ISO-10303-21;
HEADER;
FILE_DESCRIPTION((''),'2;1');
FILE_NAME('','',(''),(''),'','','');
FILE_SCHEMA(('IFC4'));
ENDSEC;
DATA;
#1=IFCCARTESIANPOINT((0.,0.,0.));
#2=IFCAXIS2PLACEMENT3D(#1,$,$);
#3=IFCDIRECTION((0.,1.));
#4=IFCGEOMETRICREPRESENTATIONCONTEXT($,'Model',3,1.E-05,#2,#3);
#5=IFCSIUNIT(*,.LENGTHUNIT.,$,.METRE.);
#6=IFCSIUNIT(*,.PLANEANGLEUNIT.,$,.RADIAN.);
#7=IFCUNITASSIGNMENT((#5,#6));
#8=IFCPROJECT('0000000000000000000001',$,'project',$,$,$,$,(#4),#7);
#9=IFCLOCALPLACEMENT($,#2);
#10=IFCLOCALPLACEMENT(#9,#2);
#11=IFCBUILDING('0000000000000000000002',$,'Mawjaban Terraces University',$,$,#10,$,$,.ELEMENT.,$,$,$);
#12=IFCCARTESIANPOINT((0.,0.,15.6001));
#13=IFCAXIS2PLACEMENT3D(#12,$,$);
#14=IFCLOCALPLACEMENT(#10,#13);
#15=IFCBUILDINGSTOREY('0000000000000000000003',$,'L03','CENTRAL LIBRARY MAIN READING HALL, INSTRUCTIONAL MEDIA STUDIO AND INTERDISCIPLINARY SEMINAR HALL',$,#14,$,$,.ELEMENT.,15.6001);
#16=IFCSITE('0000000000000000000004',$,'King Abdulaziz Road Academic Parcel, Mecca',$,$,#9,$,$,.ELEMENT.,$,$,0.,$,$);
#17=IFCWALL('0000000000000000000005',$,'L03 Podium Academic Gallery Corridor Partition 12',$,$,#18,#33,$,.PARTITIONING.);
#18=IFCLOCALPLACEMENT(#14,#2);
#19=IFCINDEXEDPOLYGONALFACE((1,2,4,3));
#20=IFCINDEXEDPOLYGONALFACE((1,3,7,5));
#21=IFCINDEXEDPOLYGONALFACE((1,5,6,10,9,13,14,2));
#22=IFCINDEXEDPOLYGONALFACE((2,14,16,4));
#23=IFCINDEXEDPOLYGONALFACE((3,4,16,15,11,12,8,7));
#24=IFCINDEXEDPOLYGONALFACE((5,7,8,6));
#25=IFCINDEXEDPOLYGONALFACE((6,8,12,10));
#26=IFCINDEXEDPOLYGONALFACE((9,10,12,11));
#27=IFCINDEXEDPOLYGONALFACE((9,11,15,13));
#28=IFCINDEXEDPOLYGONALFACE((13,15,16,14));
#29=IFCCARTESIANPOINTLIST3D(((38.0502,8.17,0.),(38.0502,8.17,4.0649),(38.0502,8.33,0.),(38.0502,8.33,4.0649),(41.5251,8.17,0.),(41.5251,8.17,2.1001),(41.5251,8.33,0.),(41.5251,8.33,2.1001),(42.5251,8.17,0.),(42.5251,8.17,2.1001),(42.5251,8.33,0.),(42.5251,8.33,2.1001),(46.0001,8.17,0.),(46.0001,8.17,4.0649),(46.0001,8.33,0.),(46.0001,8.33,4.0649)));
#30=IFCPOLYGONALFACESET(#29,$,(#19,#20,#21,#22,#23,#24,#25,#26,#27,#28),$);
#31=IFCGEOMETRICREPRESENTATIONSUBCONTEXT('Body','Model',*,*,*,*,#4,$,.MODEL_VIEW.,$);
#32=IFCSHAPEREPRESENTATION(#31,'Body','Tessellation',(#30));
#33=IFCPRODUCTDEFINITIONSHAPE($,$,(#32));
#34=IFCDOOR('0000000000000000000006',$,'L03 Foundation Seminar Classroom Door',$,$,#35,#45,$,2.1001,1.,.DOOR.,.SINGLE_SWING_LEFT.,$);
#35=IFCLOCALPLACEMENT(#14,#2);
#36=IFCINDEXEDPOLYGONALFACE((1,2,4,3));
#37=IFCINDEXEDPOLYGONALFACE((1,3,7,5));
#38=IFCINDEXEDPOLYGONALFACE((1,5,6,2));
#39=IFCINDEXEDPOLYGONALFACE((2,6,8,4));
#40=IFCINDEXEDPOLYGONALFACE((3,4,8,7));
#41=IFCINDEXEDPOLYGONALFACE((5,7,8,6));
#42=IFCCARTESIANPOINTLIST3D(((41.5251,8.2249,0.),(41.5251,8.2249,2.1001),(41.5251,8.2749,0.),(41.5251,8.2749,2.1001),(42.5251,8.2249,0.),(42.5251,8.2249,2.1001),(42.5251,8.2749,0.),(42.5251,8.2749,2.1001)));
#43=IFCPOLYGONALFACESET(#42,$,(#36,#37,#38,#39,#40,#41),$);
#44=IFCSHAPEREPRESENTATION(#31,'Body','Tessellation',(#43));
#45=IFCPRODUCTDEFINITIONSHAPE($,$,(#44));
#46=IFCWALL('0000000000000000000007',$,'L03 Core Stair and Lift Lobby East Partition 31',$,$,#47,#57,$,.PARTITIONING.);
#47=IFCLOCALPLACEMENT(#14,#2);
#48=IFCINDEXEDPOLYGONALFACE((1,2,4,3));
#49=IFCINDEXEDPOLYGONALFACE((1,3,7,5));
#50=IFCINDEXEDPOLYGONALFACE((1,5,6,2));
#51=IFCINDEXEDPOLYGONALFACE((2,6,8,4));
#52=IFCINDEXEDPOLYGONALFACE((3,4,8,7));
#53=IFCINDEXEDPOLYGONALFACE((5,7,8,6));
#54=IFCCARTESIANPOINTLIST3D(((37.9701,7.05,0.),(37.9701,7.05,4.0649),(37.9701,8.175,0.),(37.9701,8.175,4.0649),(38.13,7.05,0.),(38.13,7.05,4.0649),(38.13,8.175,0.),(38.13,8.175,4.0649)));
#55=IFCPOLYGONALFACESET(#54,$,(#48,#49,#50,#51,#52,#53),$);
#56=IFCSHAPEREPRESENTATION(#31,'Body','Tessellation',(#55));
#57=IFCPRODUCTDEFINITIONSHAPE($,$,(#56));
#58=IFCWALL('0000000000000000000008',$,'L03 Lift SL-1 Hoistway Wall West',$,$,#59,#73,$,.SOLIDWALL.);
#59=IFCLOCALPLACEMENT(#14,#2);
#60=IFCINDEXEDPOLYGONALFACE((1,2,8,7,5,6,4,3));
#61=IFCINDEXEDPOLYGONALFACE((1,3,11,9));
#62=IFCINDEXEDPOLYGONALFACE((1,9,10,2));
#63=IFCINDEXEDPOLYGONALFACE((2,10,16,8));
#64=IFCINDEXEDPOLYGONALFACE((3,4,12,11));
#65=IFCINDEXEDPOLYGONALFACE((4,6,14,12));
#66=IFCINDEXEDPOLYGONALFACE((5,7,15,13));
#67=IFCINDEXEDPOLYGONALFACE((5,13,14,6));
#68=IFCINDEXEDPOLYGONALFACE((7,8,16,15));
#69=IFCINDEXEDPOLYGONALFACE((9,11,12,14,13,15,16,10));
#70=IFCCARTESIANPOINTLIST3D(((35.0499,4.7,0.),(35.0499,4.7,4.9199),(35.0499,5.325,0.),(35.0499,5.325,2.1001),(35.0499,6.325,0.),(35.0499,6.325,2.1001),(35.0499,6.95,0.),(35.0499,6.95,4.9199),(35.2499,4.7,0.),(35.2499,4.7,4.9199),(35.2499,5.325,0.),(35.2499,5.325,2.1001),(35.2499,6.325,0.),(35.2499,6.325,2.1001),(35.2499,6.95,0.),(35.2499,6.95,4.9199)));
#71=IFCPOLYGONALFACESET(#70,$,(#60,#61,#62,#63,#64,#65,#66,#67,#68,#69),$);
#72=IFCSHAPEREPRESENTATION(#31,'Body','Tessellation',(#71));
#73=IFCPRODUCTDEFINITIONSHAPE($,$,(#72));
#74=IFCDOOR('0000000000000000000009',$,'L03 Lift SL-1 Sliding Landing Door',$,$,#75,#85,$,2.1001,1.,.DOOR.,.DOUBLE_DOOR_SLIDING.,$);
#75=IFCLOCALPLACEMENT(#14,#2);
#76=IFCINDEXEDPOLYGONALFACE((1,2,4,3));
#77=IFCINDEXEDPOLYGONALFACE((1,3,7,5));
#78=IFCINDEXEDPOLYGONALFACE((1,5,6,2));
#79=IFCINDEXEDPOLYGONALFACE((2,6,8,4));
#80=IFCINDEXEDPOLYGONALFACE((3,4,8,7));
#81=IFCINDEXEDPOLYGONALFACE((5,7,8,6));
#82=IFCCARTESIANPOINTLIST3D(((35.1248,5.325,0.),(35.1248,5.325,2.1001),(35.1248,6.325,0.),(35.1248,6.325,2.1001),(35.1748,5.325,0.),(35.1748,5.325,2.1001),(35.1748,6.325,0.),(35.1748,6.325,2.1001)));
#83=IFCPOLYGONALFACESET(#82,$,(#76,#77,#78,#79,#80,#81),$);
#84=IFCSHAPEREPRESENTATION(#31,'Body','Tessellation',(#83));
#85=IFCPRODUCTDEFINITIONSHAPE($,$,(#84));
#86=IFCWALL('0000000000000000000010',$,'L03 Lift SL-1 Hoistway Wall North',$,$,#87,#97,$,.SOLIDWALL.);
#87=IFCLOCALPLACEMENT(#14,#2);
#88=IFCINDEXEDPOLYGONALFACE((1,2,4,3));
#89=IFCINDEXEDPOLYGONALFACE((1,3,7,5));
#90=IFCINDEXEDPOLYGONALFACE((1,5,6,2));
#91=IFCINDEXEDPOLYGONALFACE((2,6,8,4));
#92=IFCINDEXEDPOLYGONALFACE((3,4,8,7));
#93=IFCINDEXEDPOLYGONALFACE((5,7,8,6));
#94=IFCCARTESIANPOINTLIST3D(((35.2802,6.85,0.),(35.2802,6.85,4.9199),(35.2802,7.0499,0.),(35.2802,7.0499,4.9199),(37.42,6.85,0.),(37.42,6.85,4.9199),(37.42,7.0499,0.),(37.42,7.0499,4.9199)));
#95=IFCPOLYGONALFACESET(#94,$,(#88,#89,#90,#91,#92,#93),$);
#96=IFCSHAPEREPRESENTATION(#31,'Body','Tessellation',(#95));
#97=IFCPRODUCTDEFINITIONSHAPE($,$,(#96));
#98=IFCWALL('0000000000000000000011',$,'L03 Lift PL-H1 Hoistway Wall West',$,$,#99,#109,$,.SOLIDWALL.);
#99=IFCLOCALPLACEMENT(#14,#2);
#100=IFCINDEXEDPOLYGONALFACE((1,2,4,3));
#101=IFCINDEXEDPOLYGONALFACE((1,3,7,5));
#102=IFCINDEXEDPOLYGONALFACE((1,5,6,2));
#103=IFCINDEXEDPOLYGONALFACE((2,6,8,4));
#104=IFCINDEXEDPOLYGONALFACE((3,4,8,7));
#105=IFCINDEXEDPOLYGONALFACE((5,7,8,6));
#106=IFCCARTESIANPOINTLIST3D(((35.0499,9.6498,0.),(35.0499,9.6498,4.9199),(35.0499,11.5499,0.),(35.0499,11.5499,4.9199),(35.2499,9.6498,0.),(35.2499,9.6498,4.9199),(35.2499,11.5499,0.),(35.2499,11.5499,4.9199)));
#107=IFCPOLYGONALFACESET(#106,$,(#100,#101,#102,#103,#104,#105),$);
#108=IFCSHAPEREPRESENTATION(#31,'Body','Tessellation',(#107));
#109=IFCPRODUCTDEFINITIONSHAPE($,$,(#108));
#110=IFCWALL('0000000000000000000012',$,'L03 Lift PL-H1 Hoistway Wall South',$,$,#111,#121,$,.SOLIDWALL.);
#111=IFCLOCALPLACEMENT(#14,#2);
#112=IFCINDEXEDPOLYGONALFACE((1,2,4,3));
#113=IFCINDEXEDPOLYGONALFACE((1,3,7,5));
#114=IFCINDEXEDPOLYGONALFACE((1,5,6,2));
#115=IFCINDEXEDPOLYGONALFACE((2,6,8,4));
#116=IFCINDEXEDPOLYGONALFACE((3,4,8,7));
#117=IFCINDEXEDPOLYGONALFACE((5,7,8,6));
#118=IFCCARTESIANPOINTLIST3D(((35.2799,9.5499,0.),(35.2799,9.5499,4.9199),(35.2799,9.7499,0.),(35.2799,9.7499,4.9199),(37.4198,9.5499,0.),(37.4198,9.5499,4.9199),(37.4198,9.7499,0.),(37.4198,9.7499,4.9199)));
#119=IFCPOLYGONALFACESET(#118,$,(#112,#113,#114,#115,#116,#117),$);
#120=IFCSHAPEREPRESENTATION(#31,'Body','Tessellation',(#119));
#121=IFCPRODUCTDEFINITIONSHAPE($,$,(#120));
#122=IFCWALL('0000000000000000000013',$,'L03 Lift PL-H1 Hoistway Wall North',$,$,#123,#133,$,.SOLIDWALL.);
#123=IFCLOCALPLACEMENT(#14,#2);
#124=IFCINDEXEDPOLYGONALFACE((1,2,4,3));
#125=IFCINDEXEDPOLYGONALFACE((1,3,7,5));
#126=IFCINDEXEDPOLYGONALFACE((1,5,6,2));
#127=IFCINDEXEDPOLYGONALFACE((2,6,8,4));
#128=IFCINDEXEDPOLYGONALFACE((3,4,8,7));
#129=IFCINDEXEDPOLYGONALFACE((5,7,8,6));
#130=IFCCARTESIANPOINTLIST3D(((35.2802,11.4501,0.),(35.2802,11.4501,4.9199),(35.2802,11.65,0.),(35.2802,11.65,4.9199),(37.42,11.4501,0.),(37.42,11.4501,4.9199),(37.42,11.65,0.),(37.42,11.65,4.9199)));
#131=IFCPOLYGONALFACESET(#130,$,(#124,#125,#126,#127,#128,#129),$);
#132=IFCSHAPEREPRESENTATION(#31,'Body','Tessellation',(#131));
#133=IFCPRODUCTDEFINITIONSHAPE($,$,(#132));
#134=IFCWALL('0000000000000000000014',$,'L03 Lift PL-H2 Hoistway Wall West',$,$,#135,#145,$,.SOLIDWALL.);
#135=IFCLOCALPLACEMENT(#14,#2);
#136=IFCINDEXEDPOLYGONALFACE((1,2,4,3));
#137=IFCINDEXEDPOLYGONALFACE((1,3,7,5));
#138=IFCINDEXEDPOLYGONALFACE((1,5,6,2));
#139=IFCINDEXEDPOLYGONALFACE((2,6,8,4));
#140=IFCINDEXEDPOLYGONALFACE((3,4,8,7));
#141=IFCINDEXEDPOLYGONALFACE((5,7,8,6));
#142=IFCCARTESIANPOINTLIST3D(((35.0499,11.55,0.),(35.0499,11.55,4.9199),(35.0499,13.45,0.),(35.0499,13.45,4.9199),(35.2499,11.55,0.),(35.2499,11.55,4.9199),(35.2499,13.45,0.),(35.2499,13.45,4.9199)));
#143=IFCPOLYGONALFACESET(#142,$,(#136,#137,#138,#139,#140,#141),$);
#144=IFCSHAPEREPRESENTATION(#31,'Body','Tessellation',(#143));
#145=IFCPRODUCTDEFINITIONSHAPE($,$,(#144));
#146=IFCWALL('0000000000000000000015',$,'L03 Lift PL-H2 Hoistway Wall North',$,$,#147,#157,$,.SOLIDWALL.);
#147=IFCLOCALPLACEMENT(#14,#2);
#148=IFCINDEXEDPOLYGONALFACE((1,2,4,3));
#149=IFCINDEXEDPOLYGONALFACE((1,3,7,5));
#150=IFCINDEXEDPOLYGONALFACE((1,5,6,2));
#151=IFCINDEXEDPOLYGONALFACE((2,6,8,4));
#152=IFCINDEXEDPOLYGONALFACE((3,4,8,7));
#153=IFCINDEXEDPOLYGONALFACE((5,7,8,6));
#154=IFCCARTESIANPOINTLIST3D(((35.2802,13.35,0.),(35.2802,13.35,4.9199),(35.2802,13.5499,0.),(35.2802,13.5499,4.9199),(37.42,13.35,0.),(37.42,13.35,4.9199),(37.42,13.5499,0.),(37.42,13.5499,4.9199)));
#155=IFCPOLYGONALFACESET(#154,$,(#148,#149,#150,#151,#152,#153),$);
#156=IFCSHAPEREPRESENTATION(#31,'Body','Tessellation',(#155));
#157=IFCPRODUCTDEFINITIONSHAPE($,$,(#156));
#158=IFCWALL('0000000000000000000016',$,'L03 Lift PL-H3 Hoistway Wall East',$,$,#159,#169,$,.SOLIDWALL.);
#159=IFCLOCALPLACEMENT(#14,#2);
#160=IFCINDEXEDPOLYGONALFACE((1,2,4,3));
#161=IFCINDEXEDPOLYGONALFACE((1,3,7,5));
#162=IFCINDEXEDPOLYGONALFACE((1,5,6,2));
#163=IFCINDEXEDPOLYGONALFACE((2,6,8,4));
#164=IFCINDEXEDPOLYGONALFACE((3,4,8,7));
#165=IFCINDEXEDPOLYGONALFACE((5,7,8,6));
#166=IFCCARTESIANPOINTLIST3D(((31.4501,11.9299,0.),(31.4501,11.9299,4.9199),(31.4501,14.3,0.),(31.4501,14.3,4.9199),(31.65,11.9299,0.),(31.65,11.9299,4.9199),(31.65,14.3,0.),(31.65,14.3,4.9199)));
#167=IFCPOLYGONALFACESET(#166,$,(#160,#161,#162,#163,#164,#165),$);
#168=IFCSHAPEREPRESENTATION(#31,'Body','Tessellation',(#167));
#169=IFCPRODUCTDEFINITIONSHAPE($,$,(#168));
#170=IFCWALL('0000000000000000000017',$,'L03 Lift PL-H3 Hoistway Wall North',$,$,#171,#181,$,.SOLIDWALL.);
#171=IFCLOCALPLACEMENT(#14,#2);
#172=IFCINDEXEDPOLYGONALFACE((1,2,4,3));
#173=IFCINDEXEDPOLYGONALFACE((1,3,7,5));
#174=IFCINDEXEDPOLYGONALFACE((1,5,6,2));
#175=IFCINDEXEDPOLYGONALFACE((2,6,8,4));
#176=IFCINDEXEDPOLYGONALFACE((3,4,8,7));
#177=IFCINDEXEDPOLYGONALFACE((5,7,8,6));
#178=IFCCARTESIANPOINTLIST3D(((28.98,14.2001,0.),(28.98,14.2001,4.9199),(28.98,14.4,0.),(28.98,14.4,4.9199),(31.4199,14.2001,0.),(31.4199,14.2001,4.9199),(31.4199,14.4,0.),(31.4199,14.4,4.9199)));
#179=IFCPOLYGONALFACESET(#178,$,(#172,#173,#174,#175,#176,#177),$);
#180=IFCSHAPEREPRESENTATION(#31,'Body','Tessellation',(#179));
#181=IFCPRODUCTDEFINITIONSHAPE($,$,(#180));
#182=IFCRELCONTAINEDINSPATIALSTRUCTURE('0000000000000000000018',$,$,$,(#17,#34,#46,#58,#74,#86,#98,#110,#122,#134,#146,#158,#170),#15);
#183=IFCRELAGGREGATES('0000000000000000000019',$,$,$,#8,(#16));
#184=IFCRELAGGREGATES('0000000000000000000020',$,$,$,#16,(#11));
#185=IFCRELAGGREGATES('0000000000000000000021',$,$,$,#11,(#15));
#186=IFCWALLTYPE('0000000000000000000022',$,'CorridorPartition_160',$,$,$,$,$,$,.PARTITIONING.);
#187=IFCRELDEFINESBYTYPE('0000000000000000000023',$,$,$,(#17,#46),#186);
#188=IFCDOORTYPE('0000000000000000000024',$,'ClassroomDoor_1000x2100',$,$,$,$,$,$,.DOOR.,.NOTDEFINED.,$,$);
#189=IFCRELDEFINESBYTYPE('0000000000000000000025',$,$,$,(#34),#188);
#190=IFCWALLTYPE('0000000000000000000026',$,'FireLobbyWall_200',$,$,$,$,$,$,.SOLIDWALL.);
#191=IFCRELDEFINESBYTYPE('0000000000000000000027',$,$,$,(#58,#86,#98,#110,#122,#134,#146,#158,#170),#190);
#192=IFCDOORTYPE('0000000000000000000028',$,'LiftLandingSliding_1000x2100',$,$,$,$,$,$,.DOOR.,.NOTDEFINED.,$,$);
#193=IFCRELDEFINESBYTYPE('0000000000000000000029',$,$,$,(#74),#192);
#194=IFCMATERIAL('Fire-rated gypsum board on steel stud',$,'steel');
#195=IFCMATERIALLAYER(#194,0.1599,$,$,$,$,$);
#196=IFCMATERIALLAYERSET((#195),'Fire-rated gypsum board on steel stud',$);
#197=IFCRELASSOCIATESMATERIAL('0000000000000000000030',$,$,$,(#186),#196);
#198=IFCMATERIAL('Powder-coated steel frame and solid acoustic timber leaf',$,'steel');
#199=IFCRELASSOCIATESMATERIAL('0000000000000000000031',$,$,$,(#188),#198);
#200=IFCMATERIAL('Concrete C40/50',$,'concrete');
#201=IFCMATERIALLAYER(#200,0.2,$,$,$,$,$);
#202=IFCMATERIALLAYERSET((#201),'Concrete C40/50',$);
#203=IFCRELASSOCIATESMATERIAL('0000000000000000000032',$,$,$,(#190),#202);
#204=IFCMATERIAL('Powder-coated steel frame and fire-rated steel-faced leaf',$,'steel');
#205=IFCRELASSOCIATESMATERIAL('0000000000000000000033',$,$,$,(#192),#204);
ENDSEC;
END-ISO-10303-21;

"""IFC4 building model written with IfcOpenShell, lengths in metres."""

from ifc_helpers import new_model, si_unit, direction, frame, frame_2d, origin, place, context, subcontext, project, spatial, rectangle, extrude, material, layer, layer_set, type_object, element, fill, save


model = new_model("IFC4")

# Units and contexts
model_context = context("Model", 3, precision=1e-05, world=origin(), true_north=direction((0.0, 1.0)))
body_context = subcontext(model_context, "Body", "Model", "MODEL_VIEW")
ifc_project = project(units=[si_unit("LENGTHUNIT", "METRE"), si_unit("PLANEANGLEUNIT", "RADIAN")], contexts=[model_context])

# Site, building, storey
site_placement = place(None, origin())
site = spatial("IfcSite", under=ifc_project, at=site_placement, Name="King Abdulaziz Road Academic Parcel, Mecca", CompositionType="ELEMENT", RefElevation=0.0)
building_placement = place(site_placement, origin())
building = spatial("IfcBuilding", under=site, at=building_placement, Name="Mawjaban Terraces University", CompositionType="ELEMENT")
storey_placement = place(building_placement, frame((0.0, 0.0, 15.6001)))
storey = spatial("IfcBuildingStorey", under=building, at=storey_placement, Name="L03", Description="CENTRAL LIBRARY MAIN READING HALL, INSTRUCTIONAL MEDIA STUDIO AND INTERDISCIPLINARY SEMINAR HALL", CompositionType="ELEMENT", Elevation=15.6001)

# Wall, opening, door
ifc_material_1 = material(Name="Fire-rated gypsum board on steel stud", Category="steel")
ifc_layer_1 = layer(ifc_material_1, 0.1599)
ifc_layer_set_1 = layer_set([ifc_layer_1], Name="Fire-rated gypsum board on steel stud")
wall_type_1 = type_object("IfcWallType", Name="CorridorPartition_160", PredefinedType="PARTITIONING", material=ifc_layer_set_1)
wall_1_placement = place(storey_placement, frame((38.05, 8.25, 0.0), z_axis=(0.0, 0.0, 1.0), x_axis=(1.0, 0.0, 0.0)))
wall_1 = element("IfcWall", 1, at=wall_1_placement, inside=storey, type_object=wall_type_1, Name="L03 Podium Academic Gallery Corridor Partition 12", PredefinedType="PARTITIONING", context=body_context, shape_type="SweptSolid", body=[
    extrude(rectangle(XDim=7.95, YDim=0.1599, at=frame_2d((3.9751, 0.0))), origin(), (0.0, 0.0, 1.0), 4.0649),
])
opening_1_placement = place(wall_1_placement, frame((3.4751, 0.0, 0.0)))
opening_1 = element("IfcOpeningElement", 2, at=opening_1_placement, cuts=wall_1, PredefinedType="OPENING", context=body_context, shape_type="SweptSolid", body=[
    extrude(rectangle(XDim=1.0, YDim=2.1001, at=frame_2d((0.5, 1.05))), frame((0.0, 0.0898, 0.0), z_axis=(0.0, -1.0, 0.0), x_axis=(1.0, 0.0, 0.0)), (0.0, 0.0, 1.0), 0.1799),
])
ifc_material_2 = material(Name="Powder-coated steel frame and solid acoustic timber leaf", Category="steel")
door_type_1 = type_object("IfcDoorType", Name="ClassroomDoor_1000x2100", OperationType="NOTDEFINED", PredefinedType="DOOR", material=ifc_material_2)
door_1_placement = place(opening_1_placement, origin())
door_1 = element("IfcDoor", 3, at=door_1_placement, inside=storey, type_object=door_type_1, Name="L03 Foundation Seminar Classroom Door", OperationType="SINGLE_SWING_LEFT", OverallHeight=2.1001, OverallWidth=1.0, PredefinedType="DOOR", context=body_context, shape_type="SweptSolid", body=[
    extrude(rectangle(XDim=1.0, YDim=2.1001, at=frame_2d((0.5, 1.05))), frame((0.0, 0.0249, 0.0), z_axis=(0.0, -1.0, 0.0), x_axis=(1.0, 0.0, 0.0)), (0.0, 0.0, 1.0), 0.05),
])
fill(opening_1, door_1)

# Wall
wall_2_placement = place(storey_placement, frame((38.05, 7.05, 0.0), z_axis=(0.0, 0.0, 1.0), x_axis=(0.0, 1.0, 0.0)))
element("IfcWall", 4, at=wall_2_placement, inside=storey, type_object=wall_type_1, Name="L03 Core Stair and Lift Lobby East Partition 31", PredefinedType="PARTITIONING", context=body_context, shape_type="SweptSolid", body=[
    extrude(rectangle(XDim=1.125, YDim=0.1599, at=frame_2d((0.5625, 0.0))), origin(), (0.0, 0.0, 1.0), 4.0649),
])

# Wall, opening, door
ifc_material_3 = material(Name="Concrete C40/50", Category="concrete")
ifc_layer_2 = layer(ifc_material_3, 0.2)
ifc_layer_set_2 = layer_set([ifc_layer_2], Name="Concrete C40/50")
wall_type_2 = type_object("IfcWallType", Name="FireLobbyWall_200", PredefinedType="SOLIDWALL", material=ifc_layer_set_2)
wall_3_placement = place(storey_placement, frame((35.1499, 6.95, 0.0), z_axis=(0.0, 0.0, 1.0), x_axis=(0.0, -1.0, 0.0)))
wall_3 = element("IfcWall", 5, at=wall_3_placement, inside=storey, type_object=wall_type_2, Name="L03 Lift SL-1 Hoistway Wall West", PredefinedType="SOLIDWALL", context=body_context, shape_type="SweptSolid", body=[
    extrude(rectangle(XDim=2.25, YDim=0.2, at=frame_2d((1.125, 0.0))), origin(), (0.0, 0.0, 1.0), 4.9199),
])
opening_2_placement = place(wall_3_placement, frame((0.625, 0.0, 0.0)))
opening_2 = element("IfcOpeningElement", 6, at=opening_2_placement, cuts=wall_3, PredefinedType="OPENING", context=body_context, shape_type="SweptSolid", body=[
    extrude(rectangle(XDim=1.0, YDim=2.1001, at=frame_2d((0.5, 1.05))), frame((0.0, 0.1099, 0.0), z_axis=(0.0, -1.0, 0.0), x_axis=(1.0, 0.0, 0.0)), (0.0, 0.0, 1.0), 0.22),
])
ifc_material_4 = material(Name="Powder-coated steel frame and fire-rated steel-faced leaf", Category="steel")
door_type_2 = type_object("IfcDoorType", Name="LiftLandingSliding_1000x2100", OperationType="NOTDEFINED", PredefinedType="DOOR", material=ifc_material_4)
door_2_placement = place(opening_2_placement, origin())
door_2 = element("IfcDoor", 7, at=door_2_placement, inside=storey, type_object=door_type_2, Name="L03 Lift SL-1 Sliding Landing Door", OperationType="DOUBLE_DOOR_SLIDING", OverallHeight=2.1001, OverallWidth=1.0, PredefinedType="DOOR", context=body_context, shape_type="SweptSolid", body=[
    extrude(rectangle(XDim=1.0, YDim=2.1001, at=frame_2d((0.5, 1.05))), frame((0.0, 0.0249, 0.0), z_axis=(0.0, -1.0, 0.0), x_axis=(1.0, 0.0, 0.0)), (0.0, 0.0, 1.0), 0.05),
])
fill(opening_2, door_2)

# Walls
wall_4_placement = place(storey_placement, frame((37.4199, 6.95, 0.0), z_axis=(0.0, 0.0, 1.0), x_axis=(-1.0, 0.0, 0.0)))
element("IfcWall", 8, at=wall_4_placement, inside=storey, type_object=wall_type_2, Name="L03 Lift SL-1 Hoistway Wall North", PredefinedType="SOLIDWALL", context=body_context, shape_type="SweptSolid", body=[
    extrude(rectangle(XDim=2.1399, YDim=0.2, at=frame_2d((1.0698, 0.0))), origin(), (0.0, 0.0, 1.0), 4.9199),
])
wall_5_placement = place(storey_placement, frame((35.1499, 11.55, 0.0), z_axis=(0.0, 0.0, 1.0), x_axis=(0.0, -1.0, 0.0)))
element("IfcWall", 9, at=wall_5_placement, inside=storey, type_object=wall_type_2, Name="L03 Lift PL-H1 Hoistway Wall West", PredefinedType="SOLIDWALL", context=body_context, shape_type="SweptSolid", body=[
    extrude(rectangle(XDim=1.9001, YDim=0.2, at=frame_2d((0.9502, 0.0))), origin(), (0.0, 0.0, 1.0), 4.9199),
])
for number, where, z_axis, x_axis, name in (
    (10, (35.28, 9.6499, 0.0), (0.0, 0.0, 1.0), (1.0, 0.0, 0.0), "L03 Lift PL-H1 Hoistway Wall South"),
    (11, (37.4199, 11.55, 0.0), (0.0, 0.0, 1.0), (-1.0, 0.0, 0.0), "L03 Lift PL-H1 Hoistway Wall North"),
):
    element("IfcWall", number, at=place(storey_placement, frame(where, z_axis=z_axis, x_axis=x_axis)), inside=storey, type_object=wall_type_2, Name=name, PredefinedType="SOLIDWALL", context=body_context, shape_type="SweptSolid", body=[
        extrude(rectangle(XDim=2.1399, YDim=0.2, at=frame_2d((1.0698, 0.0))), origin(), (0.0, 0.0, 1.0), 4.9199),
    ])
wall_6_placement = place(storey_placement, frame((35.1499, 13.45, 0.0), z_axis=(0.0, 0.0, 1.0), x_axis=(0.0, -1.0, 0.0)))
element("IfcWall", 12, at=wall_6_placement, inside=storey, type_object=wall_type_2, Name="L03 Lift PL-H2 Hoistway Wall West", PredefinedType="SOLIDWALL", context=body_context, shape_type="SweptSolid", body=[
    extrude(rectangle(XDim=1.8999, YDim=0.2, at=frame_2d((0.95, 0.0))), origin(), (0.0, 0.0, 1.0), 4.9199),
])
wall_7_placement = place(storey_placement, frame((37.4199, 13.45, 0.0), z_axis=(0.0, 0.0, 1.0), x_axis=(-1.0, 0.0, 0.0)))
element("IfcWall", 13, at=wall_7_placement, inside=storey, type_object=wall_type_2, Name="L03 Lift PL-H2 Hoistway Wall North", PredefinedType="SOLIDWALL", context=body_context, shape_type="SweptSolid", body=[
    extrude(rectangle(XDim=2.1399, YDim=0.2, at=frame_2d((1.0698, 0.0))), origin(), (0.0, 0.0, 1.0), 4.9199),
])
wall_8_placement = place(storey_placement, frame((31.55, 11.9299, 0.0), z_axis=(0.0, 0.0, 1.0), x_axis=(0.0, 1.0, 0.0)))
element("IfcWall", 14, at=wall_8_placement, inside=storey, type_object=wall_type_2, Name="L03 Lift PL-H3 Hoistway Wall East", PredefinedType="SOLIDWALL", context=body_context, shape_type="SweptSolid", body=[
    extrude(rectangle(XDim=2.3701, YDim=0.2, at=frame_2d((1.1851, 0.0))), origin(), (0.0, 0.0, 1.0), 4.9199),
])
wall_9_placement = place(storey_placement, frame((31.4199, 14.3, 0.0), z_axis=(0.0, 0.0, 1.0), x_axis=(-1.0, 0.0, 0.0)))
element("IfcWall", 15, at=wall_9_placement, inside=storey, type_object=wall_type_2, Name="L03 Lift PL-H3 Hoistway Wall North", PredefinedType="SOLIDWALL", context=body_context, shape_type="SweptSolid", body=[
    extrude(rectangle(XDim=2.4399, YDim=0.2, at=frame_2d((1.22, 0.0))), origin(), (0.0, 0.0, 1.0), 4.9199),
])

save(model, "model.ifc")
